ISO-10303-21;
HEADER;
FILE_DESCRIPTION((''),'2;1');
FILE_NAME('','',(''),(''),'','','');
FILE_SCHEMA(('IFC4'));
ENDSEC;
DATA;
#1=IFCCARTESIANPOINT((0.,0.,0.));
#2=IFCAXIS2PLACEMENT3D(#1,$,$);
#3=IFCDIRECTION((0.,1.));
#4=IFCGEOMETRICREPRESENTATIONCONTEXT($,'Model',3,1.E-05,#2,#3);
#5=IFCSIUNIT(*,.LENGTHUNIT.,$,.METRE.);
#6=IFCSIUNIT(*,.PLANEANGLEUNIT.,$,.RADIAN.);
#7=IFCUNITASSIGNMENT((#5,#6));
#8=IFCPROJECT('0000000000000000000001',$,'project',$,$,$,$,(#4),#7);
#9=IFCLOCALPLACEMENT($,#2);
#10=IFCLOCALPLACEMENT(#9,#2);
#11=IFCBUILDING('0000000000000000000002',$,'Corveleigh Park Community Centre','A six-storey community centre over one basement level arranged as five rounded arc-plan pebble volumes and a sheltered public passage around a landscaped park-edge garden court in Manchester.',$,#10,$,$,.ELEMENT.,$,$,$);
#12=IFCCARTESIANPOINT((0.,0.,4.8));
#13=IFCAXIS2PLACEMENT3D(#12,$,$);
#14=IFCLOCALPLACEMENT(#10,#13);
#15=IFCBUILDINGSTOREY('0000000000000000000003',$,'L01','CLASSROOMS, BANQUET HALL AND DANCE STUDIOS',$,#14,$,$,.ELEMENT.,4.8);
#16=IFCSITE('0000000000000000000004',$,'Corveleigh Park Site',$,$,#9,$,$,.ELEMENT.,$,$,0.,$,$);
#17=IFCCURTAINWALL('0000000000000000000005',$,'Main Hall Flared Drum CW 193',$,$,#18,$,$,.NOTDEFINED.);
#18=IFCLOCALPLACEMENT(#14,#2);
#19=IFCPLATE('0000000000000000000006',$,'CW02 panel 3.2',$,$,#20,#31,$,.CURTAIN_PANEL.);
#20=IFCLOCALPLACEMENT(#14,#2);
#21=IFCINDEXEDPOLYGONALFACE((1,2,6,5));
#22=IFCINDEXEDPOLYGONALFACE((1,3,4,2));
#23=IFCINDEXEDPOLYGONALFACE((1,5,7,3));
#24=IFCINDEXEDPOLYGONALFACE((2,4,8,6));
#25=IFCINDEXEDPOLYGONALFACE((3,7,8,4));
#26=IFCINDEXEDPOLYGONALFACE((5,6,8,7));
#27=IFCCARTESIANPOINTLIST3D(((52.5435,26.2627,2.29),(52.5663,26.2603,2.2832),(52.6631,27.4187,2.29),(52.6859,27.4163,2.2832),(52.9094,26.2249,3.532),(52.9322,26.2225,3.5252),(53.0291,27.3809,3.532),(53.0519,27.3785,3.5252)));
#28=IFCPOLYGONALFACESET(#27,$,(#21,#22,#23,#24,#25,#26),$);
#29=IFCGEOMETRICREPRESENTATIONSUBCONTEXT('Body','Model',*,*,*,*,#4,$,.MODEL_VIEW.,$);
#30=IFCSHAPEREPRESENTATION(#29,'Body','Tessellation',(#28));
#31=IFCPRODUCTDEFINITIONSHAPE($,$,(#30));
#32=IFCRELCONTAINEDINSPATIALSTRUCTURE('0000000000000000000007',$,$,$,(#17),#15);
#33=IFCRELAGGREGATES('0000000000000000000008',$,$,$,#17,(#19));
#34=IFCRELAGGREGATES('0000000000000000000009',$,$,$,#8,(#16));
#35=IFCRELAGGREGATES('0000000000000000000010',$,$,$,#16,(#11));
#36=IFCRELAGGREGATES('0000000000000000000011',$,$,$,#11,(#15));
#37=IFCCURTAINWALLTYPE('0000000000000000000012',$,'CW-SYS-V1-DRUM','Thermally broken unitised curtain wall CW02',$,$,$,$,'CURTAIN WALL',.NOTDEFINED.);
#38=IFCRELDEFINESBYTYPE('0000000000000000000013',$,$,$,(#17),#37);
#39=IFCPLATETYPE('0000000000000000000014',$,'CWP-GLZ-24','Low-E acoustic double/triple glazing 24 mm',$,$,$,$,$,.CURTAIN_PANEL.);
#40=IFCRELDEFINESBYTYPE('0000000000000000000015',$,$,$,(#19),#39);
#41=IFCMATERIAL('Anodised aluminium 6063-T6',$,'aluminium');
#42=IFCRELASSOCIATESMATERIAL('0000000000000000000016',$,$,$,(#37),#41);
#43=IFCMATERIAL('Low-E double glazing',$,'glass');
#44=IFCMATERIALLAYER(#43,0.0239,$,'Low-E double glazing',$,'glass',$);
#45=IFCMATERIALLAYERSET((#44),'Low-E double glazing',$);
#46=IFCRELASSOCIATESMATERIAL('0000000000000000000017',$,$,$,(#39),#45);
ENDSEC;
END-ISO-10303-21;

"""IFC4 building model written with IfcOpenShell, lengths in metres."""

from ifc_helpers import new_model, si_unit, direction, frame, origin, place, context, subcontext, project, spatial, polyline, outline, extrude, material, layer, layer_set, type_object, element, aggregate, save


model = new_model("IFC4")

# Units and contexts
model_context = context("Model", 3, precision=1e-05, world=origin(), true_north=direction((0.0, 1.0)))
body_context = subcontext(model_context, "Body", "Model", "MODEL_VIEW")
ifc_project = project(units=[si_unit("LENGTHUNIT", "METRE"), si_unit("PLANEANGLEUNIT", "RADIAN")], contexts=[model_context])

# Site, building, storey
site_placement = place(None, origin())
site = spatial("IfcSite", under=ifc_project, at=site_placement, Name="Corveleigh Park Site", CompositionType="ELEMENT", RefElevation=0.0)
building_placement = place(site_placement, origin())
building = spatial("IfcBuilding", under=site, at=building_placement, Name="Corveleigh Park Community Centre", Description="A six-storey community centre over one basement level arranged as five rounded arc-plan pebble volumes and a sheltered public passage around a landscaped park-edge garden court in Manchester.", CompositionType="ELEMENT")
storey_placement = place(building_placement, frame((0.0, 0.0, 4.8)))
storey = spatial("IfcBuildingStorey", under=building, at=storey_placement, Name="L01", Description="CLASSROOMS, BANQUET HALL AND DANCE STUDIOS", CompositionType="ELEMENT", Elevation=4.8)

# Curtain wall
ifc_material_1 = material(Name="Anodised aluminium 6063-T6", Category="aluminium")
curtain_wall_type = type_object("IfcCurtainWallType", Name="CW-SYS-V1-DRUM", Description="Thermally broken unitised curtain wall CW02", ElementType="CURTAIN WALL", PredefinedType="NOTDEFINED", material=ifc_material_1)
curtain_wall_1_placement = place(storey_placement, origin())
curtain_wall_1 = element("IfcCurtainWall", 1, at=curtain_wall_1_placement, inside=storey, type_object=curtain_wall_type, Name="Main Hall Flared Drum CW 193", PredefinedType="NOTDEFINED")

# Plate
ifc_material_2 = material(Name="Low-E double glazing", Category="glass")
ifc_layer = layer(ifc_material_2, 0.0239, Name="Low-E double glazing", Category="glass")
ifc_layer_set = layer_set([ifc_layer], Name="Low-E double glazing")
plate_type = type_object("IfcPlateType", Name="CWP-GLZ-24", Description="Low-E acoustic double/triple glazing 24 mm", PredefinedType="CURTAIN_PANEL", material=ifc_layer_set)
plate_1_placement = place(storey_placement, frame((52.5435, 26.2627, 2.29), z_axis=(-0.953719, 0.098695, 0.284042), x_axis=(0.102935, 0.994688, 0.0)))
plate_1 = element("IfcPlate", 2, at=plate_1_placement, type_object=plate_type, Name="CW02 panel 3.2", PredefinedType="CURTAIN_PANEL", context=body_context, shape_type="SweptSolid", body=[
    extrude(outline(polyline([(0.0, 0.0), (1.1622, 0.0), (1.1622, -1.2953), (0.0, -1.2953), (0.0, 0.0)])), origin(), (0.0, 0.0, -1.0), 0.0239),
])
aggregate(curtain_wall_1, [plate_1])

save(model, "model.ifc")
